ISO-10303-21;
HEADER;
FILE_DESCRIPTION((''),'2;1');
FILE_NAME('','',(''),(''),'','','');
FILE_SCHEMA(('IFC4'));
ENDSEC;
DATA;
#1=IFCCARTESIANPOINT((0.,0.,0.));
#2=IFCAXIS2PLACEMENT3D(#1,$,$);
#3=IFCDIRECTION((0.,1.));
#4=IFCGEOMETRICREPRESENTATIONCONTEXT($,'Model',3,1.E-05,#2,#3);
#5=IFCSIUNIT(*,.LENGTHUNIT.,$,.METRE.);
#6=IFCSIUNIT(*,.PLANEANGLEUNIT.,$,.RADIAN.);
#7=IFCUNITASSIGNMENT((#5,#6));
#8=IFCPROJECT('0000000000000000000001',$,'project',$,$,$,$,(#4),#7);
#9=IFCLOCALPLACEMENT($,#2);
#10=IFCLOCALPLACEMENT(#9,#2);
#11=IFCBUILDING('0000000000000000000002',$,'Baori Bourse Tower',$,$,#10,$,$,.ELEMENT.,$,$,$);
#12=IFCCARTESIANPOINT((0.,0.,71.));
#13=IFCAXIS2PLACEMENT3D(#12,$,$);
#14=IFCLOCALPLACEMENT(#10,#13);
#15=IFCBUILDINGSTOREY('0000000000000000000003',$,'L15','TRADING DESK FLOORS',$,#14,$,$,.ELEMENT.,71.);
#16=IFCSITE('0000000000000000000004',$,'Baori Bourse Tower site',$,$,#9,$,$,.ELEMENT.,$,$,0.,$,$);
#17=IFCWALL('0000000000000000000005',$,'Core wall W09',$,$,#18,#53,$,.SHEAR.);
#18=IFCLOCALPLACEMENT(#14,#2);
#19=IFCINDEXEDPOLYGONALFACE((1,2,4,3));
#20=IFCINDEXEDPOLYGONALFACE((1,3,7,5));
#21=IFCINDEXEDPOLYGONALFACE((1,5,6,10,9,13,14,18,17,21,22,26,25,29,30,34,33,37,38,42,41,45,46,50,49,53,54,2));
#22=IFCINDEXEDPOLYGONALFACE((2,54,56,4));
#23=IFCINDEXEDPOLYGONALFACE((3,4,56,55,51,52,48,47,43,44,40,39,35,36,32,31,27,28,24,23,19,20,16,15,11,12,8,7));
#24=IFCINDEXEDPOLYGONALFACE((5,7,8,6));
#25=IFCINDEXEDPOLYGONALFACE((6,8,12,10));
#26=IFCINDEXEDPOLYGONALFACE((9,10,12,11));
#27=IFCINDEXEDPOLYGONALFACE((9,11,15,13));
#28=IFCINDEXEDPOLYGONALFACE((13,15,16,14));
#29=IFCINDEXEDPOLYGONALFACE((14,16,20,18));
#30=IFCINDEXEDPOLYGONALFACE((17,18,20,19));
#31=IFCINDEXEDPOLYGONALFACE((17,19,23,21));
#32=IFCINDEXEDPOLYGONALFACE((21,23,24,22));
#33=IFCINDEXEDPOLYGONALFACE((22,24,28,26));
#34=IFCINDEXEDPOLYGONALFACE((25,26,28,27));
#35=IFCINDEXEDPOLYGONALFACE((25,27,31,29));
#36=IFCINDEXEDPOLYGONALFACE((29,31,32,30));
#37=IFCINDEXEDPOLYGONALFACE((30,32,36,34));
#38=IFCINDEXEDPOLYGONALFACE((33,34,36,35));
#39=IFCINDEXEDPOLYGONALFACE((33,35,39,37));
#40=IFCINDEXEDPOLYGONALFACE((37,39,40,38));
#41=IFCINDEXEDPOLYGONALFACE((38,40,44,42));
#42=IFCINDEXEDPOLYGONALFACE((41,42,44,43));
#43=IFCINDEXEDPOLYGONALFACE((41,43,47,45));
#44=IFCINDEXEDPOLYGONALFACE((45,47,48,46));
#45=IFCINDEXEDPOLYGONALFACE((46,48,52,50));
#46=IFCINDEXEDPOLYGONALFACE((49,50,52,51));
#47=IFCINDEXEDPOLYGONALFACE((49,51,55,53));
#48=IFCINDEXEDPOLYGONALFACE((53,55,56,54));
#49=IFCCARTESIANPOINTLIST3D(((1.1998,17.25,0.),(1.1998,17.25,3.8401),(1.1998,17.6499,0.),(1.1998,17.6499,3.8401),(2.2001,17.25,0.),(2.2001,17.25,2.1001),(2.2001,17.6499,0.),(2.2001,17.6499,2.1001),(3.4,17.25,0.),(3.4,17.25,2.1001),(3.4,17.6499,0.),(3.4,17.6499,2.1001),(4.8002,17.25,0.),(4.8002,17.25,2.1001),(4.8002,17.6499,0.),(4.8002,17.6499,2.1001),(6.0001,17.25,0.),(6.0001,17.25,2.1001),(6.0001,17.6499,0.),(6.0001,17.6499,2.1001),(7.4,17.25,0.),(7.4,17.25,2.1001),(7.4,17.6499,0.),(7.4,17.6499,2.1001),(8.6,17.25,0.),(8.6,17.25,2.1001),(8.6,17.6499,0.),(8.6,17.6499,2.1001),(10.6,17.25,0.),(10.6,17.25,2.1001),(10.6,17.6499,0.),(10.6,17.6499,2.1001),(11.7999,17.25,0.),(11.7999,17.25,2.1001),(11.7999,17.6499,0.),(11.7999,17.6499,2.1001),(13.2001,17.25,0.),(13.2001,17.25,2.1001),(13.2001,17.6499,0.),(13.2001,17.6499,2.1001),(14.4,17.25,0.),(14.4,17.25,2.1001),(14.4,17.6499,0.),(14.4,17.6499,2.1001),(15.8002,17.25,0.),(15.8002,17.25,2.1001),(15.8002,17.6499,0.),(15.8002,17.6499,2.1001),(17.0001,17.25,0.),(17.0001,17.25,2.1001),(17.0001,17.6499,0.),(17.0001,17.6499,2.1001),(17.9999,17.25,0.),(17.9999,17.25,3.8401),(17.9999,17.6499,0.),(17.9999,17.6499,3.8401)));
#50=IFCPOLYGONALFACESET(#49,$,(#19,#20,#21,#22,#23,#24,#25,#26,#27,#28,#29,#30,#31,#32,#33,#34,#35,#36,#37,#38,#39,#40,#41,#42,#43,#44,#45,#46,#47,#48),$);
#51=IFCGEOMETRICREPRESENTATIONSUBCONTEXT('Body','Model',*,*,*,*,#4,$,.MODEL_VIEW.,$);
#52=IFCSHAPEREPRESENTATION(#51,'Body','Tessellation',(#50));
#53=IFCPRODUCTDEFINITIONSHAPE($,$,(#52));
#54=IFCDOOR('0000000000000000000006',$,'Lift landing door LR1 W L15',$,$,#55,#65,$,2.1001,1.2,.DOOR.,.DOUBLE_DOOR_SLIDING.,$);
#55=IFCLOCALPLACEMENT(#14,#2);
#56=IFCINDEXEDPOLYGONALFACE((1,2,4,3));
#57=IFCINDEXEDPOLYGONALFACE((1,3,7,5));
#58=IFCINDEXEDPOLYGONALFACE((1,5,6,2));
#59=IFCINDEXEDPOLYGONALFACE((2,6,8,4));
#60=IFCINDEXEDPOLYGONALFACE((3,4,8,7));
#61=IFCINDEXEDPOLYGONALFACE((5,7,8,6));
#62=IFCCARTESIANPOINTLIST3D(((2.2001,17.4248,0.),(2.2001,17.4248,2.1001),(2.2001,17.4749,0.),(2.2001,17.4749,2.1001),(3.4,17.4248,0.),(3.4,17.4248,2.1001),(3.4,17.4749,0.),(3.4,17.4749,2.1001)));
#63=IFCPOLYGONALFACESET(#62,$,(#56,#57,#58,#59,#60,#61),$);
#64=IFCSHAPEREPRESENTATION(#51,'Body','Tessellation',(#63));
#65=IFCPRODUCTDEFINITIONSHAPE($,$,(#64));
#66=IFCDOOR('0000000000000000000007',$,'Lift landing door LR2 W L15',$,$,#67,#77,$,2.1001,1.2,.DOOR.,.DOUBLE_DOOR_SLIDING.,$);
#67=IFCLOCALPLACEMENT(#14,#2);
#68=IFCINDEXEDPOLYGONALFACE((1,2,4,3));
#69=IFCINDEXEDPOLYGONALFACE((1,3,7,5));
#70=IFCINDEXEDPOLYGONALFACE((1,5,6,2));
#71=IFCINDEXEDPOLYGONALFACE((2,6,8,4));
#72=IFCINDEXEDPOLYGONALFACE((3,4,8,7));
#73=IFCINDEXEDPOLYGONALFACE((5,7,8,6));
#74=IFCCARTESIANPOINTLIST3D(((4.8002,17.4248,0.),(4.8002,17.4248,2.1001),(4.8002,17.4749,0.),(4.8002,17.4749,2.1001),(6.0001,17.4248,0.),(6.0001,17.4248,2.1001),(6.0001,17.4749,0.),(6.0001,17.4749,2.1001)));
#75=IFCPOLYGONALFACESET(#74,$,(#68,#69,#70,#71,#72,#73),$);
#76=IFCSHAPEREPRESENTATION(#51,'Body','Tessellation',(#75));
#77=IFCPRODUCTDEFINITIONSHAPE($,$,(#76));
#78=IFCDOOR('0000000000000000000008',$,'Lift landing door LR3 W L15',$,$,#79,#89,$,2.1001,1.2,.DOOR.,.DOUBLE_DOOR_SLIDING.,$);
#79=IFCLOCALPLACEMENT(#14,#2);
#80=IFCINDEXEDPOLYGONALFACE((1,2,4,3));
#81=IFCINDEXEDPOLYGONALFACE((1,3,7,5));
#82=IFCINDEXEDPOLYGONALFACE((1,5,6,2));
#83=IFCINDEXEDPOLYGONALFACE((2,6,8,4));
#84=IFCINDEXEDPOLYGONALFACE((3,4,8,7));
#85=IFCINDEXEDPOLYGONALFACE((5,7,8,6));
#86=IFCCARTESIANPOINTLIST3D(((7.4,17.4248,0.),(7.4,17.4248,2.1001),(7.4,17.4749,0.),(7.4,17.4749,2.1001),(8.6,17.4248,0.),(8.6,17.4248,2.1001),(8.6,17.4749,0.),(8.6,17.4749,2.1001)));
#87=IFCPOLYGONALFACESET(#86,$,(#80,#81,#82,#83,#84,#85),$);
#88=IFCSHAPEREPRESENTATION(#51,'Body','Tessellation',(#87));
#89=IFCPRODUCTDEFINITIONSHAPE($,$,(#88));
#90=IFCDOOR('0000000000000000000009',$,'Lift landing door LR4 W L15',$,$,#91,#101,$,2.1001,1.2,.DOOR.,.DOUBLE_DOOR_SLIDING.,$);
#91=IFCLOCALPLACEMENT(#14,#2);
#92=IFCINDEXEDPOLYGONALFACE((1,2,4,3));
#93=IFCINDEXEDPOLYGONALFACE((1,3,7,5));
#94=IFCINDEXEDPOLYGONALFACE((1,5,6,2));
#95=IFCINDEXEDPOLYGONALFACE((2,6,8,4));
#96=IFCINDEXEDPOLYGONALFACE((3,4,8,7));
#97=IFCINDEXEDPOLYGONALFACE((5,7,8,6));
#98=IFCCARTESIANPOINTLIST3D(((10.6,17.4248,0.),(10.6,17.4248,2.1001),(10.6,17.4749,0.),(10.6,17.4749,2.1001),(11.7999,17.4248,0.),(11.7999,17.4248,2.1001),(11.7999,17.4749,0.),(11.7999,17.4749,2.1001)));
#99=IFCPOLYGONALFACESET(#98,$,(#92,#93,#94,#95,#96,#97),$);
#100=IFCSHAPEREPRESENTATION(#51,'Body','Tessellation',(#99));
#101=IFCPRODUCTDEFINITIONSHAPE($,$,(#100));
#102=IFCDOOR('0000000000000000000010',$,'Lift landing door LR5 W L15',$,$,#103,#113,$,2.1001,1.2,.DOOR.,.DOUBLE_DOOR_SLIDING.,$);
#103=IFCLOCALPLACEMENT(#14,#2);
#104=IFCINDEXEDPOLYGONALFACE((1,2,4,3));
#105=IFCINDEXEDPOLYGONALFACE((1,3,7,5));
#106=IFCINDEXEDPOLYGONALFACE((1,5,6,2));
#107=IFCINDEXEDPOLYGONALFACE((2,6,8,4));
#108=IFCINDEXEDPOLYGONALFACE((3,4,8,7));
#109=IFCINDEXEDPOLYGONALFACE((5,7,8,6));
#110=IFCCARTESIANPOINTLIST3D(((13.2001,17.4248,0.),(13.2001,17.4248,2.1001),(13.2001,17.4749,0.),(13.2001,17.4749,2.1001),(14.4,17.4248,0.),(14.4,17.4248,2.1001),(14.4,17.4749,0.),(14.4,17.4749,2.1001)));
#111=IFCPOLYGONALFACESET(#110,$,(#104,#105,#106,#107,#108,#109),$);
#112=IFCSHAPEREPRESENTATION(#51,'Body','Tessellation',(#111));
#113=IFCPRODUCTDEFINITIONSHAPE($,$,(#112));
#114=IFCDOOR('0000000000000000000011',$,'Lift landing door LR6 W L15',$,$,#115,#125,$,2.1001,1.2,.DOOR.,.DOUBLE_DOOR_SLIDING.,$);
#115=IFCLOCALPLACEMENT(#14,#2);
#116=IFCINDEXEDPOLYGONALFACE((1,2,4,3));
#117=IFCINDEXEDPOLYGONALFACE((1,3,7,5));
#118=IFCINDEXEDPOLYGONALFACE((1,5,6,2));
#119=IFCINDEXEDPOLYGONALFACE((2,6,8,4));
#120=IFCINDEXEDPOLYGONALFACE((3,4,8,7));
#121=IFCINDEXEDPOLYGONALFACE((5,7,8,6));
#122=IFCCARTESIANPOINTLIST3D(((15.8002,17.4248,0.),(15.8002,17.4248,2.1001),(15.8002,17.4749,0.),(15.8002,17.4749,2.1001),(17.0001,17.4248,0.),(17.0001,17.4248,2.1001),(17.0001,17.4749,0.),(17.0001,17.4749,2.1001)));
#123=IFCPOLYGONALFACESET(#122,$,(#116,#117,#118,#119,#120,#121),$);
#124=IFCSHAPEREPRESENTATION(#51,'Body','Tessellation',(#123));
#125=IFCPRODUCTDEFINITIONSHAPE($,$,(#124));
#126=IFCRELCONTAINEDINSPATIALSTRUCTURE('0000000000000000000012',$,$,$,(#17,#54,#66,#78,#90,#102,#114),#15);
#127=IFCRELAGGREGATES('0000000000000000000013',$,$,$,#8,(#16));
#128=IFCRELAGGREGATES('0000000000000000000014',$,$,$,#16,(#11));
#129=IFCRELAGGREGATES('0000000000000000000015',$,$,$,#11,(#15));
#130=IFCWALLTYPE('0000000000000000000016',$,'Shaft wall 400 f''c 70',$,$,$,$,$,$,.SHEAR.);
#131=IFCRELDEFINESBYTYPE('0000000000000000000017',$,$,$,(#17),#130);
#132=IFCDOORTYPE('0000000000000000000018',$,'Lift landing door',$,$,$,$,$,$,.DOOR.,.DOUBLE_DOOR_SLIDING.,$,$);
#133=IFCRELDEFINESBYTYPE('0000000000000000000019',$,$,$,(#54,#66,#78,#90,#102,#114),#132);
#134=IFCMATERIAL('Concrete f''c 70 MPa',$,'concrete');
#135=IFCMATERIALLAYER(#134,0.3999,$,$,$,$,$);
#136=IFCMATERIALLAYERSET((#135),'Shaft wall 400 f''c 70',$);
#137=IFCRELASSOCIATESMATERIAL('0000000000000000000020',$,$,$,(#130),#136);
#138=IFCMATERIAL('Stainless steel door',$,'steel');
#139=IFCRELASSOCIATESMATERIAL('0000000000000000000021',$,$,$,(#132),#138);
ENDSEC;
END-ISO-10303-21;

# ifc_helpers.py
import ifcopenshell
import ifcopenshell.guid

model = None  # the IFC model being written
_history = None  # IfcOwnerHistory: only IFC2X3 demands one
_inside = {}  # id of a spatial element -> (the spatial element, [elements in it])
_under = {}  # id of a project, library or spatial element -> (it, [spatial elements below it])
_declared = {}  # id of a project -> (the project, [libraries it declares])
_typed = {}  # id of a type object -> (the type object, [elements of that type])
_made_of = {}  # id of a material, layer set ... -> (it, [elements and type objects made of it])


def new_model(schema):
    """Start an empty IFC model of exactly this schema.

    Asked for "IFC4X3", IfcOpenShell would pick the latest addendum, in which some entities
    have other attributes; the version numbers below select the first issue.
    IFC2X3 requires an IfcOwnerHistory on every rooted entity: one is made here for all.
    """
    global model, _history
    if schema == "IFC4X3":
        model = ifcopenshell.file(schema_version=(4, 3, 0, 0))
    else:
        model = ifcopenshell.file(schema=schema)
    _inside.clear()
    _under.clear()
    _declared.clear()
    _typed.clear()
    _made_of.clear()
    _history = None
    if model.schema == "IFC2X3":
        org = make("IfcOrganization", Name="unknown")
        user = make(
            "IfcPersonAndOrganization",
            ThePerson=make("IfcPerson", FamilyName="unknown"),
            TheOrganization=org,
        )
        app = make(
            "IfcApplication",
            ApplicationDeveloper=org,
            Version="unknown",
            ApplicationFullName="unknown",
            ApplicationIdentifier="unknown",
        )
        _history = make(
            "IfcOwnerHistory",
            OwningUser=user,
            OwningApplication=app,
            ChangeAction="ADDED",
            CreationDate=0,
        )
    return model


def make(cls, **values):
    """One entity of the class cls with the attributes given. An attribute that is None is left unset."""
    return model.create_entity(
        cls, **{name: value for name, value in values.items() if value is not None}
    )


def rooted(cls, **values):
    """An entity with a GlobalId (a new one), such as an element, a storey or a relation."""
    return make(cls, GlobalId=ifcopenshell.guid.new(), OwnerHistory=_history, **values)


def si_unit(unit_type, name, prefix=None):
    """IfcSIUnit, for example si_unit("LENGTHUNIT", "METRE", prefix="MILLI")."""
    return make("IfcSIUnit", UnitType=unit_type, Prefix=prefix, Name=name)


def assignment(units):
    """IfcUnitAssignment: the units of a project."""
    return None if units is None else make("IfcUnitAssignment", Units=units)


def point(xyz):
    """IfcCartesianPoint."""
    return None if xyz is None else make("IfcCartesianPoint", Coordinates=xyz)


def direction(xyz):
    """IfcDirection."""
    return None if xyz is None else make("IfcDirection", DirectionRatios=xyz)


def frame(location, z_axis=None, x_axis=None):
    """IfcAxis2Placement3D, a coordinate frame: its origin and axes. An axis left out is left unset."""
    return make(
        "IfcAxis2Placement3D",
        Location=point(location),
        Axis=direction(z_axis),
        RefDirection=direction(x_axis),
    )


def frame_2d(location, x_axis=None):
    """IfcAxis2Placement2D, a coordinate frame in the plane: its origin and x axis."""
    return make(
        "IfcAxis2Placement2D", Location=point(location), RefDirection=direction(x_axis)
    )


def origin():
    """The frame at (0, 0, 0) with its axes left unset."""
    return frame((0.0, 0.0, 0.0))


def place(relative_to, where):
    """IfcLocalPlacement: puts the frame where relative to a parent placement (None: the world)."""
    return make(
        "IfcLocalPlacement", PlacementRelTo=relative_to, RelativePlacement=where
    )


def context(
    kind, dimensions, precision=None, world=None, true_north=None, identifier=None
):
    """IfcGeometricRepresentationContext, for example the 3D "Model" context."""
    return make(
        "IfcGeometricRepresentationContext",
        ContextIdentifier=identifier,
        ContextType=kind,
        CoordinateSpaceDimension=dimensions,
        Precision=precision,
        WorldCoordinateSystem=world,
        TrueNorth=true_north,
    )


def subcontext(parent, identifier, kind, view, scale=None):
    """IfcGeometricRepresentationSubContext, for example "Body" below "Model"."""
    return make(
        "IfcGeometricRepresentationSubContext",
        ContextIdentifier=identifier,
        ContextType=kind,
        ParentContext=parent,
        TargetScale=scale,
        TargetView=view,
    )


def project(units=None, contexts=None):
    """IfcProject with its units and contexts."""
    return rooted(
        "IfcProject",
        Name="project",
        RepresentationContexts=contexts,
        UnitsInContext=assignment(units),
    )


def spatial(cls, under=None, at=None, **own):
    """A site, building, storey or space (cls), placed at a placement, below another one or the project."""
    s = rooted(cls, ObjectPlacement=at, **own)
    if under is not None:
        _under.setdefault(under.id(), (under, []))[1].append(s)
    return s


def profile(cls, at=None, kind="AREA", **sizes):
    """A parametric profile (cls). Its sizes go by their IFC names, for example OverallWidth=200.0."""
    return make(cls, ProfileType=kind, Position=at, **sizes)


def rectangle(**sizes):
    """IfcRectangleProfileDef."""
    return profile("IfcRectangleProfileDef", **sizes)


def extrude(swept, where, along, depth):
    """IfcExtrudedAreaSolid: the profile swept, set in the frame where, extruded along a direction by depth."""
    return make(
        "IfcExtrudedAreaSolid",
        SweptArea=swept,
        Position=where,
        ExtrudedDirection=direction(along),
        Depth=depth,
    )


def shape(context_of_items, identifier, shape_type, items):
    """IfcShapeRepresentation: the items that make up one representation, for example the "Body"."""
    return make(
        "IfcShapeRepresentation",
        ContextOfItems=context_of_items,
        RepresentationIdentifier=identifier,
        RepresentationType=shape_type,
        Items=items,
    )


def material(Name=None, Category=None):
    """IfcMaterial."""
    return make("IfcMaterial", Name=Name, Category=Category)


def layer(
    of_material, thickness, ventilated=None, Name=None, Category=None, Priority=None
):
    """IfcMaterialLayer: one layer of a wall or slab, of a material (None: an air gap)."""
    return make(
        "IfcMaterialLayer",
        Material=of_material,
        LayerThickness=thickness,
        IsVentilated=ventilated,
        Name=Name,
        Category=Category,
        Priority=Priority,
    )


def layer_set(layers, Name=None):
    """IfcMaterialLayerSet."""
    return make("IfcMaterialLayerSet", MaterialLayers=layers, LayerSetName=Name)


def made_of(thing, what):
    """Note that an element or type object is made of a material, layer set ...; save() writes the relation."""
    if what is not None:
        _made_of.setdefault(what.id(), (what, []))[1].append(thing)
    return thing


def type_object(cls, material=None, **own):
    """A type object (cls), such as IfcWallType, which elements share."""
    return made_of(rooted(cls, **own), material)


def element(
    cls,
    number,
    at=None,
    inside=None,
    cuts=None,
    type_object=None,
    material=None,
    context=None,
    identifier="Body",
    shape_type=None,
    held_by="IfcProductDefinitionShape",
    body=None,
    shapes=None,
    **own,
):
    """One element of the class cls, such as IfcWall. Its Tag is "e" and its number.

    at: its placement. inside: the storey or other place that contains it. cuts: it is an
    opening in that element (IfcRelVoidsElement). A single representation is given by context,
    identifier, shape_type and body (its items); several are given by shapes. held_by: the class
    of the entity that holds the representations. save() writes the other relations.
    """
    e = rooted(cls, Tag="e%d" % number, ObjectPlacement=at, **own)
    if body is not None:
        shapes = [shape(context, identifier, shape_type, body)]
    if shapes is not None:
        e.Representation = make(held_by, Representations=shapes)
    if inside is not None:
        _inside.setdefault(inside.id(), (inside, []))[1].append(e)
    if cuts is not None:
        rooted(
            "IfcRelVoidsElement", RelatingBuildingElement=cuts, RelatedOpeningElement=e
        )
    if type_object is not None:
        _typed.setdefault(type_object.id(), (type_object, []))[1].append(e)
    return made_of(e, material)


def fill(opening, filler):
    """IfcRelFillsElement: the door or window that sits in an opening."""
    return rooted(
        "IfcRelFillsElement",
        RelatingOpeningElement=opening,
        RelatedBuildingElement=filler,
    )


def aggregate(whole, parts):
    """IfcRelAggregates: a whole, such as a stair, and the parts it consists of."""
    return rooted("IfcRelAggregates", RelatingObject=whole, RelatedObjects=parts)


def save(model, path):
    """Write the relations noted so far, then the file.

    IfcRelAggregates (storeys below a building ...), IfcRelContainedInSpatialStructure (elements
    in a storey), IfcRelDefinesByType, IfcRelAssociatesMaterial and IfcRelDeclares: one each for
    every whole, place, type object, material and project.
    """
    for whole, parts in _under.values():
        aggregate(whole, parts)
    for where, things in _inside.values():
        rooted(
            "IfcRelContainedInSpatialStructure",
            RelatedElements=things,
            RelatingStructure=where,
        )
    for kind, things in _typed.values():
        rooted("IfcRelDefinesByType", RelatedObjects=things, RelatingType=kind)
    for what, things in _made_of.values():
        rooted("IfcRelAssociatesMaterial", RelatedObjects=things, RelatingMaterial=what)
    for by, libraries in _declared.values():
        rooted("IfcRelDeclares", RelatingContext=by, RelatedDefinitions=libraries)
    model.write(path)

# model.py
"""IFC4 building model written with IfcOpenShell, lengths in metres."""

from ifc_helpers import new_model, si_unit, direction, frame, frame_2d, origin, place, context, subcontext, project, spatial, rectangle, extrude, material, layer, layer_set, type_object, element, fill, save


model = new_model("IFC4")

# Units and contexts
model_context = context("Model", 3, precision=1e-05, world=origin(), true_north=direction((0.0, 1.0)))
body_context = subcontext(model_context, "Body", "Model", "MODEL_VIEW")
ifc_project = project(units=[si_unit("LENGTHUNIT", "METRE"), si_unit("PLANEANGLEUNIT", "RADIAN")], contexts=[model_context])

# Site, building, storey
site_placement = place(None, origin())
site = spatial("IfcSite", under=ifc_project, at=site_placement, Name="Baori Bourse Tower site", CompositionType="ELEMENT", RefElevation=0.0)
building_placement = place(site_placement, origin())
building = spatial("IfcBuilding", under=site, at=building_placement, Name="Baori Bourse Tower", CompositionType="ELEMENT")
storey_placement = place(building_placement, frame((0.0, 0.0, 71.0)))
storey = spatial("IfcBuildingStorey", under=building, at=storey_placement, Name="L15", Description="TRADING DESK FLOORS", CompositionType="ELEMENT", Elevation=71.0)

# Shared definitions
ifc_material_1 = material(Name="Concrete f'c 70 MPa", Category="concrete")
ifc_layer_1 = layer(ifc_material_1, 0.3999)
ifc_layer_set_1 = layer_set([ifc_layer_1], Name="Shaft wall 400 f'c 70")
wall_type_1 = type_object("IfcWallType", Name="Shaft wall 400 f'c 70", PredefinedType="SHEAR", material=ifc_layer_set_1)

# Wall, openings, doors
wall_1_placement = place(storey_placement, frame((1.2, 17.45, 0.0), z_axis=(0.0, 0.0, 1.0), x_axis=(1.0, 0.0, 0.0)))
wall_1 = element("IfcWall", 1, at=wall_1_placement, inside=storey, type_object=wall_type_1, Name="Core wall W09", PredefinedType="SHEAR", context=body_context, shape_type="SweptSolid", body=[
    extrude(rectangle(XDim=16.8, YDim=0.3999, at=frame_2d((8.3999, 0.0))), origin(), (0.0, 0.0, 1.0), 3.8401),
])
opening_1_placement = place(wall_1_placement, frame((1.0, 0.0, 0.0)))
opening_1 = element("IfcOpeningElement", 2, at=opening_1_placement, cuts=wall_1, PredefinedType="OPENING", context=body_context, shape_type="SweptSolid", body=[
    extrude(rectangle(XDim=1.2, YDim=2.1001, at=frame_2d((0.6001, 1.05))), frame((0.0, 0.21, 0.0), z_axis=(0.0, -1.0, 0.0), x_axis=(1.0, 0.0, 0.0)), (0.0, 0.0, 1.0), 0.4199),
])
opening_2_placement = place(wall_1_placement, frame((3.6001, 0.0, 0.0)))
opening_2 = element("IfcOpeningElement", 3, at=opening_2_placement, cuts=wall_1, PredefinedType="OPENING", context=body_context, shape_type="SweptSolid", body=[
    extrude(rectangle(XDim=1.2, YDim=2.1001, at=frame_2d((0.6001, 1.05))), frame((0.0, 0.21, 0.0), z_axis=(0.0, -1.0, 0.0), x_axis=(1.0, 0.0, 0.0)), (0.0, 0.0, 1.0), 0.4199),
])
opening_3_placement = place(wall_1_placement, frame((6.2, 0.0, 0.0)))
opening_3 = element("IfcOpeningElement", 4, at=opening_3_placement, cuts=wall_1, PredefinedType="OPENING", context=body_context, shape_type="SweptSolid", body=[
    extrude(rectangle(XDim=1.2, YDim=2.1001, at=frame_2d((0.6001, 1.05))), frame((0.0, 0.21, 0.0), z_axis=(0.0, -1.0, 0.0), x_axis=(1.0, 0.0, 0.0)), (0.0, 0.0, 1.0), 0.4199),
])
opening_4_placement = place(wall_1_placement, frame((9.3999, 0.0, 0.0)))
opening_4 = element("IfcOpeningElement", 5, at=opening_4_placement, cuts=wall_1, PredefinedType="OPENING", context=body_context, shape_type="SweptSolid", body=[
    extrude(rectangle(XDim=1.2, YDim=2.1001, at=frame_2d((0.6001, 1.05))), frame((0.0, 0.21, 0.0), z_axis=(0.0, -1.0, 0.0), x_axis=(1.0, 0.0, 0.0)), (0.0, 0.0, 1.0), 0.4199),
])
opening_5_placement = place(wall_1_placement, frame((12.0, 0.0, 0.0)))
opening_5 = element("IfcOpeningElement", 6, at=opening_5_placement, cuts=wall_1, PredefinedType="OPENING", context=body_context, shape_type="SweptSolid", body=[
    extrude(rectangle(XDim=1.2, YDim=2.1001, at=frame_2d((0.6001, 1.05))), frame((0.0, 0.21, 0.0), z_axis=(0.0, -1.0, 0.0), x_axis=(1.0, 0.0, 0.0)), (0.0, 0.0, 1.0), 0.4199),
])
opening_6_placement = place(wall_1_placement, frame((14.6001, 0.0, 0.0)))
opening_6 = element("IfcOpeningElement", 7, at=opening_6_placement, cuts=wall_1, PredefinedType="OPENING", context=body_context, shape_type="SweptSolid", body=[
    extrude(rectangle(XDim=1.2, YDim=2.1001, at=frame_2d((0.6001, 1.05))), frame((0.0, 0.21, 0.0), z_axis=(0.0, -1.0, 0.0), x_axis=(1.0, 0.0, 0.0)), (0.0, 0.0, 1.0), 0.4199),
])
ifc_material_2 = material(Name="Stainless steel door", Category="steel")
door_type_1 = type_object("IfcDoorType", Name="Lift landing door", OperationType="DOUBLE_DOOR_SLIDING", PredefinedType="DOOR", material=ifc_material_2)
door_1_placement = place(opening_1_placement, origin())
door_1 = element("IfcDoor", 8, at=door_1_placement, inside=storey, type_object=door_type_1, Name="Lift landing door LR1 W L15", OperationType="DOUBLE_DOOR_SLIDING", OverallHeight=2.1001, OverallWidth=1.2, PredefinedType="DOOR", context=body_context, shape_type="SweptSolid", body=[
    extrude(rectangle(XDim=1.2, YDim=2.1001, at=frame_2d((0.6001, 1.05))), frame((0.0, 0.0249, 0.0), z_axis=(0.0, -1.0, 0.0), x_axis=(1.0, 0.0, 0.0)), (0.0, 0.0, 1.0), 0.05),
])
fill(opening_1, door_1)
door_2_placement = place(opening_2_placement, origin())
door_2 = element("IfcDoor", 9, at=door_2_placement, inside=storey, type_object=door_type_1, Name="Lift landing door LR2 W L15", OperationType="DOUBLE_DOOR_SLIDING", OverallHeight=2.1001, OverallWidth=1.2, PredefinedType="DOOR", context=body_context, shape_type="SweptSolid", body=[
    extrude(rectangle(XDim=1.2, YDim=2.1001, at=frame_2d((0.6001, 1.05))), frame((0.0, 0.0249, 0.0), z_axis=(0.0, -1.0, 0.0), x_axis=(1.0, 0.0, 0.0)), (0.0, 0.0, 1.0), 0.05),
])
fill(opening_2, door_2)
door_3_placement = place(opening_3_placement, origin())
door_3 = element("IfcDoor", 10, at=door_3_placement, inside=storey, type_object=door_type_1, Name="Lift landing door LR3 W L15", OperationType="DOUBLE_DOOR_SLIDING", OverallHeight=2.1001, OverallWidth=1.2, PredefinedType="DOOR", context=body_context, shape_type="SweptSolid", body=[
    extrude(rectangle(XDim=1.2, YDim=2.1001, at=frame_2d((0.6001, 1.05))), frame((0.0, 0.0249, 0.0), z_axis=(0.0, -1.0, 0.0), x_axis=(1.0, 0.0, 0.0)), (0.0, 0.0, 1.0), 0.05),
])
fill(opening_3, door_3)
door_4_placement = place(opening_4_placement, origin())
door_4 = element("IfcDoor", 11, at=door_4_placement, inside=storey, type_object=door_type_1, Name="Lift landing door LR4 W L15", OperationType="DOUBLE_DOOR_SLIDING", OverallHeight=2.1001, OverallWidth=1.2, PredefinedType="DOOR", context=body_context, shape_type="SweptSolid", body=[
    extrude(rectangle(XDim=1.2, YDim=2.1001, at=frame_2d((0.6001, 1.05))), frame((0.0, 0.0249, 0.0), z_axis=(0.0, -1.0, 0.0), x_axis=(1.0, 0.0, 0.0)), (0.0, 0.0, 1.0), 0.05),
])
fill(opening_4, door_4)
door_5_placement = place(opening_5_placement, origin())
door_5 = element("IfcDoor", 12, at=door_5_placement, inside=storey, type_object=door_type_1, Name="Lift landing door LR5 W L15", OperationType="DOUBLE_DOOR_SLIDING", OverallHeight=2.1001, OverallWidth=1.2, PredefinedType="DOOR", context=body_context, shape_type="SweptSolid", body=[
    extrude(rectangle(XDim=1.2, YDim=2.1001, at=frame_2d((0.6001, 1.05))), frame((0.0, 0.0249, 0.0), z_axis=(0.0, -1.0, 0.0), x_axis=(1.0, 0.0, 0.0)), (0.0, 0.0, 1.0), 0.05),
])
fill(opening_5, door_5)
door_6_placement = place(opening_6_placement, origin())
door_6 = element("IfcDoor", 13, at=door_6_placement, inside=storey, type_object=door_type_1, Name="Lift landing door LR6 W L15", OperationType="DOUBLE_DOOR_SLIDING", OverallHeight=2.1001, OverallWidth=1.2, PredefinedType="DOOR", context=body_context, shape_type="SweptSolid", body=[
    extrude(rectangle(XDim=1.2, YDim=2.1001, at=frame_2d((0.6001, 1.05))), frame((0.0, 0.0249, 0.0), z_axis=(0.0, -1.0, 0.0), x_axis=(1.0, 0.0, 0.0)), (0.0, 0.0, 1.0), 0.05),
])
fill(opening_6, door_6)

save(model, "model.ifc")
